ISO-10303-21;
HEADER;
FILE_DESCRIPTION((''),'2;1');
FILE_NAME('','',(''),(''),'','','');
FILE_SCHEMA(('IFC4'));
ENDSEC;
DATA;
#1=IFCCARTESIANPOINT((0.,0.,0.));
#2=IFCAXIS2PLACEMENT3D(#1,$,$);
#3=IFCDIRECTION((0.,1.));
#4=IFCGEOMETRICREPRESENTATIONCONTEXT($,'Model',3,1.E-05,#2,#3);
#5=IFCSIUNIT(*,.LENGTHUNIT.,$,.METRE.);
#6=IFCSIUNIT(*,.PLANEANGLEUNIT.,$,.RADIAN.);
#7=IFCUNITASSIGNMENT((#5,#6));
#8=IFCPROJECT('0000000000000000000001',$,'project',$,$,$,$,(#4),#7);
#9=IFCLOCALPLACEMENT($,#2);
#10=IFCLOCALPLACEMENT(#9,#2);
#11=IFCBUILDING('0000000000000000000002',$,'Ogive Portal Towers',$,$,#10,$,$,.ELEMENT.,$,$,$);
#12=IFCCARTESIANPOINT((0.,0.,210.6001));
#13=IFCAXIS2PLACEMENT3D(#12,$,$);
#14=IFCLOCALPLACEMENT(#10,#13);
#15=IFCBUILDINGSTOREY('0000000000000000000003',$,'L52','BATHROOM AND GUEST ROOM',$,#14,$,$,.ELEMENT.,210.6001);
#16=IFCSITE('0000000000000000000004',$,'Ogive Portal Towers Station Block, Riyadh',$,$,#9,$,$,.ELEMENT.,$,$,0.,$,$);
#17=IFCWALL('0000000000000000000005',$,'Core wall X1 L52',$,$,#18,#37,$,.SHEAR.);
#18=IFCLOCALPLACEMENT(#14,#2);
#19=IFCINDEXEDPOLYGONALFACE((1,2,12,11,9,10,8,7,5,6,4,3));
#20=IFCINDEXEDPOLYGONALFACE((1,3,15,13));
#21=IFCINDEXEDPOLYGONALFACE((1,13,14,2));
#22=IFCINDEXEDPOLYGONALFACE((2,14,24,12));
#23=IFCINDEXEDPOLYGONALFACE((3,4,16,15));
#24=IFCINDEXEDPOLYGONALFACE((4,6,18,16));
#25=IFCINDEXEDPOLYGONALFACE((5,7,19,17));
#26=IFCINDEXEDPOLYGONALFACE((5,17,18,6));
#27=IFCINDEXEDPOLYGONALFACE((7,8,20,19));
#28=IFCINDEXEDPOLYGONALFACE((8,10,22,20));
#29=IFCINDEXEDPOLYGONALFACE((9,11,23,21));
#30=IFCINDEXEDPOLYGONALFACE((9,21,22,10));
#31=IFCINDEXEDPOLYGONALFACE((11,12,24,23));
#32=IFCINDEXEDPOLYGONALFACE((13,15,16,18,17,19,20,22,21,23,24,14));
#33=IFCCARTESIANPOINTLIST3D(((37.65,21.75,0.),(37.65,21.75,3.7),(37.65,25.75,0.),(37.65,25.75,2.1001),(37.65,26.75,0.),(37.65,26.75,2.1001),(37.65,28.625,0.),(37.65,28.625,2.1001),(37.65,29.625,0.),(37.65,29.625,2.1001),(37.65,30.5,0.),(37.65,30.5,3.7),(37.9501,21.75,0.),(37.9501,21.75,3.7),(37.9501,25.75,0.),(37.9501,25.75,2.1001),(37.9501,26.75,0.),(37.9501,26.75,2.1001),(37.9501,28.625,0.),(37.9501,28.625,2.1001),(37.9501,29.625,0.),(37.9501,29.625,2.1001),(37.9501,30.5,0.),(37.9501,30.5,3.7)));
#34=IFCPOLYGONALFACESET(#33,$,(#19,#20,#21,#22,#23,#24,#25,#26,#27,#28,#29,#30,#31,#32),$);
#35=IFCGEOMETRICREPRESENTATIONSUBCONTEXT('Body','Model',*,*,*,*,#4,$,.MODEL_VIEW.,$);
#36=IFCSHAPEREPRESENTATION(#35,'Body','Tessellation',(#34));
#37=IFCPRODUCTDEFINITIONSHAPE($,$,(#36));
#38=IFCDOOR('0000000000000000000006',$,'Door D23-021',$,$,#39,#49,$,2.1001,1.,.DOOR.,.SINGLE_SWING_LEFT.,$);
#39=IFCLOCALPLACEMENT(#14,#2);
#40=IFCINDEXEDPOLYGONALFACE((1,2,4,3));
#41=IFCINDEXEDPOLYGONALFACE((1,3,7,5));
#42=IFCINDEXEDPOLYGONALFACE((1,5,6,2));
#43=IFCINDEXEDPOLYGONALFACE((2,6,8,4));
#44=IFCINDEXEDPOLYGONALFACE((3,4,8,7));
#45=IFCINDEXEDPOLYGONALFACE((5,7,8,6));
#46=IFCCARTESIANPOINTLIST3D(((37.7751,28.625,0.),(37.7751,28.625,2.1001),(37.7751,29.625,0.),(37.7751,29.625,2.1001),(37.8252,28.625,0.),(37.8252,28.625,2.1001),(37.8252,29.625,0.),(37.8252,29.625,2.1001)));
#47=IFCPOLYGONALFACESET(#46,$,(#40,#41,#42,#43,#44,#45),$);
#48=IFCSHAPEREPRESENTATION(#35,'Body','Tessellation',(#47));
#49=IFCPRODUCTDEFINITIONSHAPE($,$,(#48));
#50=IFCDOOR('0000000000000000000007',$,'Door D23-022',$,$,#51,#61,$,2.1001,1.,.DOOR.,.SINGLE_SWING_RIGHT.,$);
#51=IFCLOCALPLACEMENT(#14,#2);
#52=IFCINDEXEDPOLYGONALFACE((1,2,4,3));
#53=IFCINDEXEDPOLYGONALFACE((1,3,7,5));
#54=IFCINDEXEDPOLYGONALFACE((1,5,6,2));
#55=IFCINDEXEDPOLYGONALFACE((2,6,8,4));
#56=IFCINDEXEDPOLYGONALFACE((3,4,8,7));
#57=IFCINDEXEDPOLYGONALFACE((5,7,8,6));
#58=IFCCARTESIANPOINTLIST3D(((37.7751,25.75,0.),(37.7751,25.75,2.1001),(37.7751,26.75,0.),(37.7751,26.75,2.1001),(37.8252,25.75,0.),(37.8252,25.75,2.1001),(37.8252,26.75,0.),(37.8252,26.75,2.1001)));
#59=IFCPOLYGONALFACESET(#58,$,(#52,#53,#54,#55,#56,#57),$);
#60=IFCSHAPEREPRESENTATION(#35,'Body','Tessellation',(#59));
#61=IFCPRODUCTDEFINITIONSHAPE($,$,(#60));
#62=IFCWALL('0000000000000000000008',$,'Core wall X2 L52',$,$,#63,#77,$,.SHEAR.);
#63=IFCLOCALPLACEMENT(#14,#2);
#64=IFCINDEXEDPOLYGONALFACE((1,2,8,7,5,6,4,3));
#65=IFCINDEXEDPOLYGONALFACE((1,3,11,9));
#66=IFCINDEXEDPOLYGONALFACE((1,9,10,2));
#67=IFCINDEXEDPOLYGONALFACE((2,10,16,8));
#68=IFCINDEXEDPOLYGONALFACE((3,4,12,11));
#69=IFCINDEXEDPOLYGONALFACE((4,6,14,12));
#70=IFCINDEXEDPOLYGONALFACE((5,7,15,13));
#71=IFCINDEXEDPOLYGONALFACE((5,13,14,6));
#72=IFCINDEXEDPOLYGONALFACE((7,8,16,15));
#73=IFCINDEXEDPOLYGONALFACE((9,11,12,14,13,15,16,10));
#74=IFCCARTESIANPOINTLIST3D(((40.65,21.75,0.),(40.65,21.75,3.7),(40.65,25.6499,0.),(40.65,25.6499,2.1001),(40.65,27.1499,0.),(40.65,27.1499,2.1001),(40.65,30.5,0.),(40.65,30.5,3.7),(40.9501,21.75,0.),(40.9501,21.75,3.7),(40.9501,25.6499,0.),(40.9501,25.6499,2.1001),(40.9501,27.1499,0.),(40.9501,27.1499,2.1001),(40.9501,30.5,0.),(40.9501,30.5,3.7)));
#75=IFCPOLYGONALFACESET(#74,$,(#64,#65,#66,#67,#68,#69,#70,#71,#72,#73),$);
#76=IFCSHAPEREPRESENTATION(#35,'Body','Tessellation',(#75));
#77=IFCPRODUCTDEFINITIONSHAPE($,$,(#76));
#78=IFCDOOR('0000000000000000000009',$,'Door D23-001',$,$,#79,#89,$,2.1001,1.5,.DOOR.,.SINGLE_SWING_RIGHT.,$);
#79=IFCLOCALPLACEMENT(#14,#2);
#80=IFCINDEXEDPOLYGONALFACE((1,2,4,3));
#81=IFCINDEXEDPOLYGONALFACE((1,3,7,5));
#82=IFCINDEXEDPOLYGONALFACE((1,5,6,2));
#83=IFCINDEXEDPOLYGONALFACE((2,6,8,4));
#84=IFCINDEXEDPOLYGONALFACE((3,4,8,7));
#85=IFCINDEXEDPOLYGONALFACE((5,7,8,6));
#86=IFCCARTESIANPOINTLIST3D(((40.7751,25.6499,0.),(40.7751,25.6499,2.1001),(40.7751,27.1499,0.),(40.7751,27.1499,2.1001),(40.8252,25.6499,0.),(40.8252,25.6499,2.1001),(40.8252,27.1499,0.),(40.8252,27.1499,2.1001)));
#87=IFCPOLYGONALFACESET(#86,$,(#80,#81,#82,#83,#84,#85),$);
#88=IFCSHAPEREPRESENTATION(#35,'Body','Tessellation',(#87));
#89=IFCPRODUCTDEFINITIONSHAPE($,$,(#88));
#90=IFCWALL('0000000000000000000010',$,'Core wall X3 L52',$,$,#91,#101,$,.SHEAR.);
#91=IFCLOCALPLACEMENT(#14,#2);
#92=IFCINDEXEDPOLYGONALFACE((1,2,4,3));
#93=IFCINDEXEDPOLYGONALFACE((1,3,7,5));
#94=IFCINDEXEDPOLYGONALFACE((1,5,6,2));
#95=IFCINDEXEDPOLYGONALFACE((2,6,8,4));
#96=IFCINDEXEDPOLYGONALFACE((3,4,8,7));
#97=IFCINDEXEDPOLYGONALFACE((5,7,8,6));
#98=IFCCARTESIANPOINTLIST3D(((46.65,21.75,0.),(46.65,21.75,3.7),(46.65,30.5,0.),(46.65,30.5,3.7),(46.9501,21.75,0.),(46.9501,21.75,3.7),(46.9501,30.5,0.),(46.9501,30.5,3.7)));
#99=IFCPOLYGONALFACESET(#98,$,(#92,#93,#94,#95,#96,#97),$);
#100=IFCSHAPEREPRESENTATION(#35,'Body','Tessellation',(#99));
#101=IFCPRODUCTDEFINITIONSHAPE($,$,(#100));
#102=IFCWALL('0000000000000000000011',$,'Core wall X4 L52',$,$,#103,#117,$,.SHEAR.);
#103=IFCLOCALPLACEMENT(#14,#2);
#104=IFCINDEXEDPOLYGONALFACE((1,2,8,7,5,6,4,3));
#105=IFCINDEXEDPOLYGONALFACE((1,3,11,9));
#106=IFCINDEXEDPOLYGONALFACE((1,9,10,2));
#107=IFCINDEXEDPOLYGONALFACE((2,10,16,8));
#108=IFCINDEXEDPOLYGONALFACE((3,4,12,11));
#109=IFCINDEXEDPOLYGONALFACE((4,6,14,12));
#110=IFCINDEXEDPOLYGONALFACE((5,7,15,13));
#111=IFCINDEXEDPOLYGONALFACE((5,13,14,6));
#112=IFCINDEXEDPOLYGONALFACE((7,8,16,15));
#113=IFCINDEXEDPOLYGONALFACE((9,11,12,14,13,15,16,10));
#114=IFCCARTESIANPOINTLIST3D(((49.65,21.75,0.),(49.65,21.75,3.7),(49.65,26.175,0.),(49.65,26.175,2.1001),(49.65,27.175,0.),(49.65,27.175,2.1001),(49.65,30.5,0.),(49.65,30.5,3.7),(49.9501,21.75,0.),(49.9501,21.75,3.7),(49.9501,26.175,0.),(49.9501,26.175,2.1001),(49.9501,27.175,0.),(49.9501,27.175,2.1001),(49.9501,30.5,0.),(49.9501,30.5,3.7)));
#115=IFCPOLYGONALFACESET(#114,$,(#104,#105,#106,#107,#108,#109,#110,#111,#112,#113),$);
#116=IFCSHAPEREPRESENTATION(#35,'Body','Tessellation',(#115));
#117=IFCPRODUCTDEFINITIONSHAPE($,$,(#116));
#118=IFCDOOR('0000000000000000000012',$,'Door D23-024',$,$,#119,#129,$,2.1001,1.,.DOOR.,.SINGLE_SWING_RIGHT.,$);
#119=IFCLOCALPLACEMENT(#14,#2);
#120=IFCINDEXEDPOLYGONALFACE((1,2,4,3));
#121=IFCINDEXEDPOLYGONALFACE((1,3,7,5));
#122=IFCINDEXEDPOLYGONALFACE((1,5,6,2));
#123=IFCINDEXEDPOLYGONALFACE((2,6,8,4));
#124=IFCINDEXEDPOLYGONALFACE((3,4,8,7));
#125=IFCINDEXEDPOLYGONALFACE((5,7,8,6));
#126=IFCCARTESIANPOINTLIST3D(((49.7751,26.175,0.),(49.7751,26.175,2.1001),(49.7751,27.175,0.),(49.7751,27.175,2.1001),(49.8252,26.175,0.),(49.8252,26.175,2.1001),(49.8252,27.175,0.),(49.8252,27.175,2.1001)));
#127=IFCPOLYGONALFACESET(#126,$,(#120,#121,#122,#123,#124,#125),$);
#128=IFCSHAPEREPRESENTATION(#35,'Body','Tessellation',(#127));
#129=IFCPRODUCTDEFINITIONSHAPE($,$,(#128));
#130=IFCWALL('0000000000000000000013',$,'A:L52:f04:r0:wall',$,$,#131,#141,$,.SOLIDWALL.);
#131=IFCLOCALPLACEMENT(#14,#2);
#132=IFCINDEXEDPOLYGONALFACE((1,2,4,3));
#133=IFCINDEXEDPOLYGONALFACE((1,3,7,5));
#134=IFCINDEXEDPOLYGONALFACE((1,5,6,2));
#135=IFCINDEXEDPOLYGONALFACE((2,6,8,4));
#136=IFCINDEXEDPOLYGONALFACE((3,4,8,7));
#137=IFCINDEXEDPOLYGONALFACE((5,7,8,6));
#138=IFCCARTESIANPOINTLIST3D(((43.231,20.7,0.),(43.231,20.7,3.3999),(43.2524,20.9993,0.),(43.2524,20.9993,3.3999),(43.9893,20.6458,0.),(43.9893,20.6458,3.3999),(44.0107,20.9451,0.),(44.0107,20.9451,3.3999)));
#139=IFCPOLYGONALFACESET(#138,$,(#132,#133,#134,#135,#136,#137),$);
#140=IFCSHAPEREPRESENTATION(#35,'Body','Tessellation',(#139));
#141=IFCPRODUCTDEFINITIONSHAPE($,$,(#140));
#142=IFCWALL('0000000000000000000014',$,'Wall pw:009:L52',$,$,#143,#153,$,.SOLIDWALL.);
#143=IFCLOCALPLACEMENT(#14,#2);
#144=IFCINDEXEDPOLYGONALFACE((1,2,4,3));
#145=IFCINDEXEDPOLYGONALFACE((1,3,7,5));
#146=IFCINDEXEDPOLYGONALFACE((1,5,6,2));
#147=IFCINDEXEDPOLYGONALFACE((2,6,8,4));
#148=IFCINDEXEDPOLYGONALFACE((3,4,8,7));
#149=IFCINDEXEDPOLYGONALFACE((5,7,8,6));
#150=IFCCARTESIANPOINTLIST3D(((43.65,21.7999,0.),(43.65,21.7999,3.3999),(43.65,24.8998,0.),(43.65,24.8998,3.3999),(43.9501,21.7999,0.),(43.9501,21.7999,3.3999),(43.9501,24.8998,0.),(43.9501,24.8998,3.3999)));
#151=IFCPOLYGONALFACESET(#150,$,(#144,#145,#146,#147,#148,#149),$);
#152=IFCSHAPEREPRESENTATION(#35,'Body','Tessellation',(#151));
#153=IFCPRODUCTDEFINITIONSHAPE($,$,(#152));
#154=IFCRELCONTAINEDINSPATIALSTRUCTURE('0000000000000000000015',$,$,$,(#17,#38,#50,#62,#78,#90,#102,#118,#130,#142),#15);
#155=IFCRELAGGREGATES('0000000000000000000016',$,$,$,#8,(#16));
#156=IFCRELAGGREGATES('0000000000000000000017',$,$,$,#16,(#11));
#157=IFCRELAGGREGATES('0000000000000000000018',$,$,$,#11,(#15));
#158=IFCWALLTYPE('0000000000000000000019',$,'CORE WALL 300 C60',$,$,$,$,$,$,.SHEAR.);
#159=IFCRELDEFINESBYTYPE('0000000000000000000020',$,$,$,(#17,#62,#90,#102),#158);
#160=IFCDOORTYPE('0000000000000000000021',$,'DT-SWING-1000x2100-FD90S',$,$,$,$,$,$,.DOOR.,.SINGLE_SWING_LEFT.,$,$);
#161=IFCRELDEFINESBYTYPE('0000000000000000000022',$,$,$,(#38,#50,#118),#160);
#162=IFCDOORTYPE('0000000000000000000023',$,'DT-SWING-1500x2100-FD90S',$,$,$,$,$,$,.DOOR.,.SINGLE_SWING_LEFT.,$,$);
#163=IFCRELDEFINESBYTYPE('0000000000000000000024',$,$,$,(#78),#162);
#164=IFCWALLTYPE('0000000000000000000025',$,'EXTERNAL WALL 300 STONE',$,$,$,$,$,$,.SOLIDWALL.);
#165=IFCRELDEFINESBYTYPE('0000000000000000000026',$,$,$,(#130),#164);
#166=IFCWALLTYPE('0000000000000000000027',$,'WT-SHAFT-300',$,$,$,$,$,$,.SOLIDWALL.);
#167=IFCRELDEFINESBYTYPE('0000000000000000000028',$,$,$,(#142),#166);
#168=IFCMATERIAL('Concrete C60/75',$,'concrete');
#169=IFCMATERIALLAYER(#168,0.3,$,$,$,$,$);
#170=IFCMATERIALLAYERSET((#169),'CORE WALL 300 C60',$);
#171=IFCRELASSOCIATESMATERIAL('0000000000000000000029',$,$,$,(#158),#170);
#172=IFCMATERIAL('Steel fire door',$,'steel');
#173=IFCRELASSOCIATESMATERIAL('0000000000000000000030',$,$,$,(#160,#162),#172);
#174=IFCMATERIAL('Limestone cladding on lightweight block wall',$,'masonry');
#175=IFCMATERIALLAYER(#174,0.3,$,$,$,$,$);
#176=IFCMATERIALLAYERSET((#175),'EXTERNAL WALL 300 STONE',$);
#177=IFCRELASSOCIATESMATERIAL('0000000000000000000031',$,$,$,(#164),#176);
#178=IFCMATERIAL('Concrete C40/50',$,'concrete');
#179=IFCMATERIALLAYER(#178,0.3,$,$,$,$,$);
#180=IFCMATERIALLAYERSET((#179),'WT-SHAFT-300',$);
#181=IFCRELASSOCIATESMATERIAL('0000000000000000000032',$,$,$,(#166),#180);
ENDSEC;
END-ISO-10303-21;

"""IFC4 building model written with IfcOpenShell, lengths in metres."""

from ifc_helpers import new_model, si_unit, direction, frame, frame_2d, origin, place, context, subcontext, project, spatial, rectangle, extrude, material, layer, layer_set, type_object, element, fill, save


model = new_model("IFC4")

# Units and contexts
model_context = context("Model", 3, precision=1e-05, world=origin(), true_north=direction((0.0, 1.0)))
body_context = subcontext(model_context, "Body", "Model", "MODEL_VIEW")
ifc_project = project(units=[si_unit("LENGTHUNIT", "METRE"), si_unit("PLANEANGLEUNIT", "RADIAN")], contexts=[model_context])

# Site, building, storey
site_placement = place(None, origin())
site = spatial("IfcSite", under=ifc_project, at=site_placement, Name="Ogive Portal Towers Station Block, Riyadh", CompositionType="ELEMENT", RefElevation=0.0)
building_placement = place(site_placement, origin())
building = spatial("IfcBuilding", under=site, at=building_placement, Name="Ogive Portal Towers", CompositionType="ELEMENT")
storey_placement = place(building_placement, frame((0.0, 0.0, 210.6001)))
storey = spatial("IfcBuildingStorey", under=building, at=storey_placement, Name="L52", Description="BATHROOM AND GUEST ROOM", CompositionType="ELEMENT", Elevation=210.6001)

# Wall, openings, doors
ifc_material_1 = material(Name="Concrete C60/75", Category="concrete")
ifc_layer_1 = layer(ifc_material_1, 0.3)
ifc_layer_set_1 = layer_set([ifc_layer_1], Name="CORE WALL 300 C60")
wall_type_1 = type_object("IfcWallType", Name="CORE WALL 300 C60", PredefinedType="SHEAR", material=ifc_layer_set_1)
wall_1_placement = place(storey_placement, frame((37.8, 21.75, 0.0), z_axis=(0.0, 0.0, 1.0), x_axis=(0.0, 1.0, 0.0)))
wall_1 = element("IfcWall", 1, at=wall_1_placement, inside=storey, type_object=wall_type_1, Name="Core wall X1 L52", PredefinedType="SHEAR", context=body_context, shape_type="SweptSolid", body=[
    extrude(rectangle(XDim=8.75, YDim=0.3, at=frame_2d((4.375, 0.0))), origin(), (0.0, 0.0, 1.0), 3.7),
])
opening_1_placement = place(wall_1_placement, frame((6.875, 0.0, 0.0)))
opening_1 = element("IfcOpeningElement", 2, at=opening_1_placement, cuts=wall_1, PredefinedType="OPENING", context=body_context, shape_type="SweptSolid", body=[
    extrude(rectangle(XDim=1.0, YDim=2.1001, at=frame_2d((0.5, 1.05))), frame((0.0, 0.1602, 0.0), z_axis=(0.0, -1.0, 0.0), x_axis=(1.0, 0.0, 0.0)), (0.0, 0.0, 1.0), 0.3201),
])
opening_2_placement = place(wall_1_placement, frame((4.0, 0.0, 0.0)))
opening_2 = element("IfcOpeningElement", 3, at=opening_2_placement, cuts=wall_1, PredefinedType="OPENING", context=body_context, shape_type="SweptSolid", body=[
    extrude(rectangle(XDim=1.0, YDim=2.1001, at=frame_2d((0.5, 1.05))), frame((0.0, 0.1602, 0.0), z_axis=(0.0, -1.0, 0.0), x_axis=(1.0, 0.0, 0.0)), (0.0, 0.0, 1.0), 0.3201),
])
ifc_material_2 = material(Name="Steel fire door", Category="steel")
door_type_1 = type_object("IfcDoorType", Name="DT-SWING-1000x2100-FD90S", OperationType="SINGLE_SWING_LEFT", PredefinedType="DOOR", material=ifc_material_2)
door_1_placement = place(opening_1_placement, origin())
door_1 = element("IfcDoor", 4, at=door_1_placement, inside=storey, type_object=door_type_1, Name="Door D23-021", OperationType="SINGLE_SWING_LEFT", OverallHeight=2.1001, OverallWidth=1.0, PredefinedType="DOOR", context=body_context, shape_type="SweptSolid", body=[
    extrude(rectangle(XDim=1.0, YDim=2.1001, at=frame_2d((0.5, 1.05))), frame((0.0, 0.0249, 0.0), z_axis=(0.0, -1.0, 0.0), x_axis=(1.0, 0.0, 0.0)), (0.0, 0.0, 1.0), 0.05),
])
fill(opening_1, door_1)
door_2_placement = place(opening_2_placement, origin())
door_2 = element("IfcDoor", 5, at=door_2_placement, inside=storey, type_object=door_type_1, Name="Door D23-022", OperationType="SINGLE_SWING_RIGHT", OverallHeight=2.1001, OverallWidth=1.0, PredefinedType="DOOR", context=body_context, shape_type="SweptSolid", body=[
    extrude(rectangle(XDim=1.0, YDim=2.1001, at=frame_2d((0.5, 1.05))), frame((0.0, 0.0249, 0.0), z_axis=(0.0, -1.0, 0.0), x_axis=(1.0, 0.0, 0.0)), (0.0, 0.0, 1.0), 0.05),
])
fill(opening_2, door_2)

# Wall, opening, door
wall_2_placement = place(storey_placement, frame((40.8, 21.75, 0.0), z_axis=(0.0, 0.0, 1.0), x_axis=(0.0, 1.0, 0.0)))
wall_2 = element("IfcWall", 6, at=wall_2_placement, inside=storey, type_object=wall_type_1, Name="Core wall X2 L52", PredefinedType="SHEAR", context=body_context, shape_type="SweptSolid", body=[
    extrude(rectangle(XDim=8.75, YDim=0.3, at=frame_2d((4.375, 0.0))), origin(), (0.0, 0.0, 1.0), 3.7),
])
opening_3_placement = place(wall_2_placement, frame((3.8999, 0.0, 0.0)))
opening_3 = element("IfcOpeningElement", 7, at=opening_3_placement, cuts=wall_2, PredefinedType="OPENING", context=body_context, shape_type="SweptSolid", body=[
    extrude(rectangle(XDim=1.5, YDim=2.1001, at=frame_2d((0.75, 1.05))), frame((0.0, 0.1602, 0.0), z_axis=(0.0, -1.0, 0.0), x_axis=(1.0, 0.0, 0.0)), (0.0, 0.0, 1.0), 0.3201),
])
door_type_2 = type_object("IfcDoorType", Name="DT-SWING-1500x2100-FD90S", OperationType="SINGLE_SWING_LEFT", PredefinedType="DOOR", material=ifc_material_2)
door_3_placement = place(opening_3_placement, origin())
door_3 = element("IfcDoor", 8, at=door_3_placement, inside=storey, type_object=door_type_2, Name="Door D23-001", OperationType="SINGLE_SWING_RIGHT", OverallHeight=2.1001, OverallWidth=1.5, PredefinedType="DOOR", context=body_context, shape_type="SweptSolid", body=[
    extrude(rectangle(XDim=1.5, YDim=2.1001, at=frame_2d((0.75, 1.05))), frame((0.0, 0.0249, 0.0), z_axis=(0.0, -1.0, 0.0), x_axis=(1.0, 0.0, 0.0)), (0.0, 0.0, 1.0), 0.05),
])
fill(opening_3, door_3)

# Wall
wall_3_placement = place(storey_placement, frame((46.8, 21.75, 0.0), z_axis=(0.0, 0.0, 1.0), x_axis=(0.0, 1.0, 0.0)))
element("IfcWall", 9, at=wall_3_placement, inside=storey, type_object=wall_type_1, Name="Core wall X3 L52", PredefinedType="SHEAR", context=body_context, shape_type="SweptSolid", body=[
    extrude(rectangle(XDim=8.75, YDim=0.3, at=frame_2d((4.375, 0.0))), origin(), (0.0, 0.0, 1.0), 3.7),
])

# Wall, opening, door
wall_4_placement = place(storey_placement, frame((49.8, 21.75, 0.0), z_axis=(0.0, 0.0, 1.0), x_axis=(0.0, 1.0, 0.0)))
wall_4 = element("IfcWall", 10, at=wall_4_placement, inside=storey, type_object=wall_type_1, Name="Core wall X4 L52", PredefinedType="SHEAR", context=body_context, shape_type="SweptSolid", body=[
    extrude(rectangle(XDim=8.75, YDim=0.3, at=frame_2d((4.375, 0.0))), origin(), (0.0, 0.0, 1.0), 3.7),
])
opening_4_placement = place(wall_4_placement, frame((4.425, 0.0, 0.0)))
opening_4 = element("IfcOpeningElement", 11, at=opening_4_placement, cuts=wall_4, PredefinedType="OPENING", context=body_context, shape_type="SweptSolid", body=[
    extrude(rectangle(XDim=1.0, YDim=2.1001, at=frame_2d((0.5, 1.05))), frame((0.0, 0.1602, 0.0), z_axis=(0.0, -1.0, 0.0), x_axis=(1.0, 0.0, 0.0)), (0.0, 0.0, 1.0), 0.3201),
])
door_4_placement = place(opening_4_placement, origin())
door_4 = element("IfcDoor", 12, at=door_4_placement, inside=storey, type_object=door_type_1, Name="Door D23-024", OperationType="SINGLE_SWING_RIGHT", OverallHeight=2.1001, OverallWidth=1.0, PredefinedType="DOOR", context=body_context, shape_type="SweptSolid", body=[
    extrude(rectangle(XDim=1.0, YDim=2.1001, at=frame_2d((0.5, 1.05))), frame((0.0, 0.0249, 0.0), z_axis=(0.0, -1.0, 0.0), x_axis=(1.0, 0.0, 0.0)), (0.0, 0.0, 1.0), 0.05),
])
fill(opening_4, door_4)

# Wall
ifc_material_3 = material(Name="Limestone cladding on lightweight block wall", Category="masonry")
ifc_layer_2 = layer(ifc_material_3, 0.3)
ifc_layer_set_2 = layer_set([ifc_layer_2], Name="EXTERNAL WALL 300 STONE")
wall_type_2 = type_object("IfcWallType", Name="EXTERNAL WALL 300 STONE", PredefinedType="SOLIDWALL", material=ifc_layer_set_2)
wall_5_placement = place(storey_placement, frame((43.2417, 20.8496, 0.0), z_axis=(0.0, 0.0, 1.0), x_axis=(0.997455, -0.071293, 0.0)))
element("IfcWall", 13, at=wall_5_placement, inside=storey, type_object=wall_type_2, Name="A:L52:f04:r0:wall", PredefinedType="SOLIDWALL", context=body_context, shape_type="SweptSolid", body=[
    extrude(rectangle(XDim=0.7603, YDim=0.3, at=frame_2d((0.3801, 0.0))), origin(), (0.0, 0.0, 1.0), 3.3999),
])

# Wall
ifc_material_4 = material(Name="Concrete C40/50", Category="concrete")
ifc_layer_3 = layer(ifc_material_4, 0.3)
ifc_layer_set_3 = layer_set([ifc_layer_3], Name="WT-SHAFT-300")
wall_type_3 = type_object("IfcWallType", Name="WT-SHAFT-300", PredefinedType="SOLIDWALL", material=ifc_layer_set_3)
wall_6_placement = place(storey_placement, frame((43.8, 21.8, 0.0), z_axis=(0.0, 0.0, 1.0), x_axis=(0.0, 1.0, 0.0)))
element("IfcWall", 14, at=wall_6_placement, inside=storey, type_object=wall_type_3, Name="Wall pw:009:L52", PredefinedType="SOLIDWALL", context=body_context, shape_type="SweptSolid", body=[
    extrude(rectangle(XDim=3.0999, YDim=0.3, at=frame_2d((1.5498, 0.0))), origin(), (0.0, 0.0, 1.0), 3.3999),
])

save(model, "model.ifc")
